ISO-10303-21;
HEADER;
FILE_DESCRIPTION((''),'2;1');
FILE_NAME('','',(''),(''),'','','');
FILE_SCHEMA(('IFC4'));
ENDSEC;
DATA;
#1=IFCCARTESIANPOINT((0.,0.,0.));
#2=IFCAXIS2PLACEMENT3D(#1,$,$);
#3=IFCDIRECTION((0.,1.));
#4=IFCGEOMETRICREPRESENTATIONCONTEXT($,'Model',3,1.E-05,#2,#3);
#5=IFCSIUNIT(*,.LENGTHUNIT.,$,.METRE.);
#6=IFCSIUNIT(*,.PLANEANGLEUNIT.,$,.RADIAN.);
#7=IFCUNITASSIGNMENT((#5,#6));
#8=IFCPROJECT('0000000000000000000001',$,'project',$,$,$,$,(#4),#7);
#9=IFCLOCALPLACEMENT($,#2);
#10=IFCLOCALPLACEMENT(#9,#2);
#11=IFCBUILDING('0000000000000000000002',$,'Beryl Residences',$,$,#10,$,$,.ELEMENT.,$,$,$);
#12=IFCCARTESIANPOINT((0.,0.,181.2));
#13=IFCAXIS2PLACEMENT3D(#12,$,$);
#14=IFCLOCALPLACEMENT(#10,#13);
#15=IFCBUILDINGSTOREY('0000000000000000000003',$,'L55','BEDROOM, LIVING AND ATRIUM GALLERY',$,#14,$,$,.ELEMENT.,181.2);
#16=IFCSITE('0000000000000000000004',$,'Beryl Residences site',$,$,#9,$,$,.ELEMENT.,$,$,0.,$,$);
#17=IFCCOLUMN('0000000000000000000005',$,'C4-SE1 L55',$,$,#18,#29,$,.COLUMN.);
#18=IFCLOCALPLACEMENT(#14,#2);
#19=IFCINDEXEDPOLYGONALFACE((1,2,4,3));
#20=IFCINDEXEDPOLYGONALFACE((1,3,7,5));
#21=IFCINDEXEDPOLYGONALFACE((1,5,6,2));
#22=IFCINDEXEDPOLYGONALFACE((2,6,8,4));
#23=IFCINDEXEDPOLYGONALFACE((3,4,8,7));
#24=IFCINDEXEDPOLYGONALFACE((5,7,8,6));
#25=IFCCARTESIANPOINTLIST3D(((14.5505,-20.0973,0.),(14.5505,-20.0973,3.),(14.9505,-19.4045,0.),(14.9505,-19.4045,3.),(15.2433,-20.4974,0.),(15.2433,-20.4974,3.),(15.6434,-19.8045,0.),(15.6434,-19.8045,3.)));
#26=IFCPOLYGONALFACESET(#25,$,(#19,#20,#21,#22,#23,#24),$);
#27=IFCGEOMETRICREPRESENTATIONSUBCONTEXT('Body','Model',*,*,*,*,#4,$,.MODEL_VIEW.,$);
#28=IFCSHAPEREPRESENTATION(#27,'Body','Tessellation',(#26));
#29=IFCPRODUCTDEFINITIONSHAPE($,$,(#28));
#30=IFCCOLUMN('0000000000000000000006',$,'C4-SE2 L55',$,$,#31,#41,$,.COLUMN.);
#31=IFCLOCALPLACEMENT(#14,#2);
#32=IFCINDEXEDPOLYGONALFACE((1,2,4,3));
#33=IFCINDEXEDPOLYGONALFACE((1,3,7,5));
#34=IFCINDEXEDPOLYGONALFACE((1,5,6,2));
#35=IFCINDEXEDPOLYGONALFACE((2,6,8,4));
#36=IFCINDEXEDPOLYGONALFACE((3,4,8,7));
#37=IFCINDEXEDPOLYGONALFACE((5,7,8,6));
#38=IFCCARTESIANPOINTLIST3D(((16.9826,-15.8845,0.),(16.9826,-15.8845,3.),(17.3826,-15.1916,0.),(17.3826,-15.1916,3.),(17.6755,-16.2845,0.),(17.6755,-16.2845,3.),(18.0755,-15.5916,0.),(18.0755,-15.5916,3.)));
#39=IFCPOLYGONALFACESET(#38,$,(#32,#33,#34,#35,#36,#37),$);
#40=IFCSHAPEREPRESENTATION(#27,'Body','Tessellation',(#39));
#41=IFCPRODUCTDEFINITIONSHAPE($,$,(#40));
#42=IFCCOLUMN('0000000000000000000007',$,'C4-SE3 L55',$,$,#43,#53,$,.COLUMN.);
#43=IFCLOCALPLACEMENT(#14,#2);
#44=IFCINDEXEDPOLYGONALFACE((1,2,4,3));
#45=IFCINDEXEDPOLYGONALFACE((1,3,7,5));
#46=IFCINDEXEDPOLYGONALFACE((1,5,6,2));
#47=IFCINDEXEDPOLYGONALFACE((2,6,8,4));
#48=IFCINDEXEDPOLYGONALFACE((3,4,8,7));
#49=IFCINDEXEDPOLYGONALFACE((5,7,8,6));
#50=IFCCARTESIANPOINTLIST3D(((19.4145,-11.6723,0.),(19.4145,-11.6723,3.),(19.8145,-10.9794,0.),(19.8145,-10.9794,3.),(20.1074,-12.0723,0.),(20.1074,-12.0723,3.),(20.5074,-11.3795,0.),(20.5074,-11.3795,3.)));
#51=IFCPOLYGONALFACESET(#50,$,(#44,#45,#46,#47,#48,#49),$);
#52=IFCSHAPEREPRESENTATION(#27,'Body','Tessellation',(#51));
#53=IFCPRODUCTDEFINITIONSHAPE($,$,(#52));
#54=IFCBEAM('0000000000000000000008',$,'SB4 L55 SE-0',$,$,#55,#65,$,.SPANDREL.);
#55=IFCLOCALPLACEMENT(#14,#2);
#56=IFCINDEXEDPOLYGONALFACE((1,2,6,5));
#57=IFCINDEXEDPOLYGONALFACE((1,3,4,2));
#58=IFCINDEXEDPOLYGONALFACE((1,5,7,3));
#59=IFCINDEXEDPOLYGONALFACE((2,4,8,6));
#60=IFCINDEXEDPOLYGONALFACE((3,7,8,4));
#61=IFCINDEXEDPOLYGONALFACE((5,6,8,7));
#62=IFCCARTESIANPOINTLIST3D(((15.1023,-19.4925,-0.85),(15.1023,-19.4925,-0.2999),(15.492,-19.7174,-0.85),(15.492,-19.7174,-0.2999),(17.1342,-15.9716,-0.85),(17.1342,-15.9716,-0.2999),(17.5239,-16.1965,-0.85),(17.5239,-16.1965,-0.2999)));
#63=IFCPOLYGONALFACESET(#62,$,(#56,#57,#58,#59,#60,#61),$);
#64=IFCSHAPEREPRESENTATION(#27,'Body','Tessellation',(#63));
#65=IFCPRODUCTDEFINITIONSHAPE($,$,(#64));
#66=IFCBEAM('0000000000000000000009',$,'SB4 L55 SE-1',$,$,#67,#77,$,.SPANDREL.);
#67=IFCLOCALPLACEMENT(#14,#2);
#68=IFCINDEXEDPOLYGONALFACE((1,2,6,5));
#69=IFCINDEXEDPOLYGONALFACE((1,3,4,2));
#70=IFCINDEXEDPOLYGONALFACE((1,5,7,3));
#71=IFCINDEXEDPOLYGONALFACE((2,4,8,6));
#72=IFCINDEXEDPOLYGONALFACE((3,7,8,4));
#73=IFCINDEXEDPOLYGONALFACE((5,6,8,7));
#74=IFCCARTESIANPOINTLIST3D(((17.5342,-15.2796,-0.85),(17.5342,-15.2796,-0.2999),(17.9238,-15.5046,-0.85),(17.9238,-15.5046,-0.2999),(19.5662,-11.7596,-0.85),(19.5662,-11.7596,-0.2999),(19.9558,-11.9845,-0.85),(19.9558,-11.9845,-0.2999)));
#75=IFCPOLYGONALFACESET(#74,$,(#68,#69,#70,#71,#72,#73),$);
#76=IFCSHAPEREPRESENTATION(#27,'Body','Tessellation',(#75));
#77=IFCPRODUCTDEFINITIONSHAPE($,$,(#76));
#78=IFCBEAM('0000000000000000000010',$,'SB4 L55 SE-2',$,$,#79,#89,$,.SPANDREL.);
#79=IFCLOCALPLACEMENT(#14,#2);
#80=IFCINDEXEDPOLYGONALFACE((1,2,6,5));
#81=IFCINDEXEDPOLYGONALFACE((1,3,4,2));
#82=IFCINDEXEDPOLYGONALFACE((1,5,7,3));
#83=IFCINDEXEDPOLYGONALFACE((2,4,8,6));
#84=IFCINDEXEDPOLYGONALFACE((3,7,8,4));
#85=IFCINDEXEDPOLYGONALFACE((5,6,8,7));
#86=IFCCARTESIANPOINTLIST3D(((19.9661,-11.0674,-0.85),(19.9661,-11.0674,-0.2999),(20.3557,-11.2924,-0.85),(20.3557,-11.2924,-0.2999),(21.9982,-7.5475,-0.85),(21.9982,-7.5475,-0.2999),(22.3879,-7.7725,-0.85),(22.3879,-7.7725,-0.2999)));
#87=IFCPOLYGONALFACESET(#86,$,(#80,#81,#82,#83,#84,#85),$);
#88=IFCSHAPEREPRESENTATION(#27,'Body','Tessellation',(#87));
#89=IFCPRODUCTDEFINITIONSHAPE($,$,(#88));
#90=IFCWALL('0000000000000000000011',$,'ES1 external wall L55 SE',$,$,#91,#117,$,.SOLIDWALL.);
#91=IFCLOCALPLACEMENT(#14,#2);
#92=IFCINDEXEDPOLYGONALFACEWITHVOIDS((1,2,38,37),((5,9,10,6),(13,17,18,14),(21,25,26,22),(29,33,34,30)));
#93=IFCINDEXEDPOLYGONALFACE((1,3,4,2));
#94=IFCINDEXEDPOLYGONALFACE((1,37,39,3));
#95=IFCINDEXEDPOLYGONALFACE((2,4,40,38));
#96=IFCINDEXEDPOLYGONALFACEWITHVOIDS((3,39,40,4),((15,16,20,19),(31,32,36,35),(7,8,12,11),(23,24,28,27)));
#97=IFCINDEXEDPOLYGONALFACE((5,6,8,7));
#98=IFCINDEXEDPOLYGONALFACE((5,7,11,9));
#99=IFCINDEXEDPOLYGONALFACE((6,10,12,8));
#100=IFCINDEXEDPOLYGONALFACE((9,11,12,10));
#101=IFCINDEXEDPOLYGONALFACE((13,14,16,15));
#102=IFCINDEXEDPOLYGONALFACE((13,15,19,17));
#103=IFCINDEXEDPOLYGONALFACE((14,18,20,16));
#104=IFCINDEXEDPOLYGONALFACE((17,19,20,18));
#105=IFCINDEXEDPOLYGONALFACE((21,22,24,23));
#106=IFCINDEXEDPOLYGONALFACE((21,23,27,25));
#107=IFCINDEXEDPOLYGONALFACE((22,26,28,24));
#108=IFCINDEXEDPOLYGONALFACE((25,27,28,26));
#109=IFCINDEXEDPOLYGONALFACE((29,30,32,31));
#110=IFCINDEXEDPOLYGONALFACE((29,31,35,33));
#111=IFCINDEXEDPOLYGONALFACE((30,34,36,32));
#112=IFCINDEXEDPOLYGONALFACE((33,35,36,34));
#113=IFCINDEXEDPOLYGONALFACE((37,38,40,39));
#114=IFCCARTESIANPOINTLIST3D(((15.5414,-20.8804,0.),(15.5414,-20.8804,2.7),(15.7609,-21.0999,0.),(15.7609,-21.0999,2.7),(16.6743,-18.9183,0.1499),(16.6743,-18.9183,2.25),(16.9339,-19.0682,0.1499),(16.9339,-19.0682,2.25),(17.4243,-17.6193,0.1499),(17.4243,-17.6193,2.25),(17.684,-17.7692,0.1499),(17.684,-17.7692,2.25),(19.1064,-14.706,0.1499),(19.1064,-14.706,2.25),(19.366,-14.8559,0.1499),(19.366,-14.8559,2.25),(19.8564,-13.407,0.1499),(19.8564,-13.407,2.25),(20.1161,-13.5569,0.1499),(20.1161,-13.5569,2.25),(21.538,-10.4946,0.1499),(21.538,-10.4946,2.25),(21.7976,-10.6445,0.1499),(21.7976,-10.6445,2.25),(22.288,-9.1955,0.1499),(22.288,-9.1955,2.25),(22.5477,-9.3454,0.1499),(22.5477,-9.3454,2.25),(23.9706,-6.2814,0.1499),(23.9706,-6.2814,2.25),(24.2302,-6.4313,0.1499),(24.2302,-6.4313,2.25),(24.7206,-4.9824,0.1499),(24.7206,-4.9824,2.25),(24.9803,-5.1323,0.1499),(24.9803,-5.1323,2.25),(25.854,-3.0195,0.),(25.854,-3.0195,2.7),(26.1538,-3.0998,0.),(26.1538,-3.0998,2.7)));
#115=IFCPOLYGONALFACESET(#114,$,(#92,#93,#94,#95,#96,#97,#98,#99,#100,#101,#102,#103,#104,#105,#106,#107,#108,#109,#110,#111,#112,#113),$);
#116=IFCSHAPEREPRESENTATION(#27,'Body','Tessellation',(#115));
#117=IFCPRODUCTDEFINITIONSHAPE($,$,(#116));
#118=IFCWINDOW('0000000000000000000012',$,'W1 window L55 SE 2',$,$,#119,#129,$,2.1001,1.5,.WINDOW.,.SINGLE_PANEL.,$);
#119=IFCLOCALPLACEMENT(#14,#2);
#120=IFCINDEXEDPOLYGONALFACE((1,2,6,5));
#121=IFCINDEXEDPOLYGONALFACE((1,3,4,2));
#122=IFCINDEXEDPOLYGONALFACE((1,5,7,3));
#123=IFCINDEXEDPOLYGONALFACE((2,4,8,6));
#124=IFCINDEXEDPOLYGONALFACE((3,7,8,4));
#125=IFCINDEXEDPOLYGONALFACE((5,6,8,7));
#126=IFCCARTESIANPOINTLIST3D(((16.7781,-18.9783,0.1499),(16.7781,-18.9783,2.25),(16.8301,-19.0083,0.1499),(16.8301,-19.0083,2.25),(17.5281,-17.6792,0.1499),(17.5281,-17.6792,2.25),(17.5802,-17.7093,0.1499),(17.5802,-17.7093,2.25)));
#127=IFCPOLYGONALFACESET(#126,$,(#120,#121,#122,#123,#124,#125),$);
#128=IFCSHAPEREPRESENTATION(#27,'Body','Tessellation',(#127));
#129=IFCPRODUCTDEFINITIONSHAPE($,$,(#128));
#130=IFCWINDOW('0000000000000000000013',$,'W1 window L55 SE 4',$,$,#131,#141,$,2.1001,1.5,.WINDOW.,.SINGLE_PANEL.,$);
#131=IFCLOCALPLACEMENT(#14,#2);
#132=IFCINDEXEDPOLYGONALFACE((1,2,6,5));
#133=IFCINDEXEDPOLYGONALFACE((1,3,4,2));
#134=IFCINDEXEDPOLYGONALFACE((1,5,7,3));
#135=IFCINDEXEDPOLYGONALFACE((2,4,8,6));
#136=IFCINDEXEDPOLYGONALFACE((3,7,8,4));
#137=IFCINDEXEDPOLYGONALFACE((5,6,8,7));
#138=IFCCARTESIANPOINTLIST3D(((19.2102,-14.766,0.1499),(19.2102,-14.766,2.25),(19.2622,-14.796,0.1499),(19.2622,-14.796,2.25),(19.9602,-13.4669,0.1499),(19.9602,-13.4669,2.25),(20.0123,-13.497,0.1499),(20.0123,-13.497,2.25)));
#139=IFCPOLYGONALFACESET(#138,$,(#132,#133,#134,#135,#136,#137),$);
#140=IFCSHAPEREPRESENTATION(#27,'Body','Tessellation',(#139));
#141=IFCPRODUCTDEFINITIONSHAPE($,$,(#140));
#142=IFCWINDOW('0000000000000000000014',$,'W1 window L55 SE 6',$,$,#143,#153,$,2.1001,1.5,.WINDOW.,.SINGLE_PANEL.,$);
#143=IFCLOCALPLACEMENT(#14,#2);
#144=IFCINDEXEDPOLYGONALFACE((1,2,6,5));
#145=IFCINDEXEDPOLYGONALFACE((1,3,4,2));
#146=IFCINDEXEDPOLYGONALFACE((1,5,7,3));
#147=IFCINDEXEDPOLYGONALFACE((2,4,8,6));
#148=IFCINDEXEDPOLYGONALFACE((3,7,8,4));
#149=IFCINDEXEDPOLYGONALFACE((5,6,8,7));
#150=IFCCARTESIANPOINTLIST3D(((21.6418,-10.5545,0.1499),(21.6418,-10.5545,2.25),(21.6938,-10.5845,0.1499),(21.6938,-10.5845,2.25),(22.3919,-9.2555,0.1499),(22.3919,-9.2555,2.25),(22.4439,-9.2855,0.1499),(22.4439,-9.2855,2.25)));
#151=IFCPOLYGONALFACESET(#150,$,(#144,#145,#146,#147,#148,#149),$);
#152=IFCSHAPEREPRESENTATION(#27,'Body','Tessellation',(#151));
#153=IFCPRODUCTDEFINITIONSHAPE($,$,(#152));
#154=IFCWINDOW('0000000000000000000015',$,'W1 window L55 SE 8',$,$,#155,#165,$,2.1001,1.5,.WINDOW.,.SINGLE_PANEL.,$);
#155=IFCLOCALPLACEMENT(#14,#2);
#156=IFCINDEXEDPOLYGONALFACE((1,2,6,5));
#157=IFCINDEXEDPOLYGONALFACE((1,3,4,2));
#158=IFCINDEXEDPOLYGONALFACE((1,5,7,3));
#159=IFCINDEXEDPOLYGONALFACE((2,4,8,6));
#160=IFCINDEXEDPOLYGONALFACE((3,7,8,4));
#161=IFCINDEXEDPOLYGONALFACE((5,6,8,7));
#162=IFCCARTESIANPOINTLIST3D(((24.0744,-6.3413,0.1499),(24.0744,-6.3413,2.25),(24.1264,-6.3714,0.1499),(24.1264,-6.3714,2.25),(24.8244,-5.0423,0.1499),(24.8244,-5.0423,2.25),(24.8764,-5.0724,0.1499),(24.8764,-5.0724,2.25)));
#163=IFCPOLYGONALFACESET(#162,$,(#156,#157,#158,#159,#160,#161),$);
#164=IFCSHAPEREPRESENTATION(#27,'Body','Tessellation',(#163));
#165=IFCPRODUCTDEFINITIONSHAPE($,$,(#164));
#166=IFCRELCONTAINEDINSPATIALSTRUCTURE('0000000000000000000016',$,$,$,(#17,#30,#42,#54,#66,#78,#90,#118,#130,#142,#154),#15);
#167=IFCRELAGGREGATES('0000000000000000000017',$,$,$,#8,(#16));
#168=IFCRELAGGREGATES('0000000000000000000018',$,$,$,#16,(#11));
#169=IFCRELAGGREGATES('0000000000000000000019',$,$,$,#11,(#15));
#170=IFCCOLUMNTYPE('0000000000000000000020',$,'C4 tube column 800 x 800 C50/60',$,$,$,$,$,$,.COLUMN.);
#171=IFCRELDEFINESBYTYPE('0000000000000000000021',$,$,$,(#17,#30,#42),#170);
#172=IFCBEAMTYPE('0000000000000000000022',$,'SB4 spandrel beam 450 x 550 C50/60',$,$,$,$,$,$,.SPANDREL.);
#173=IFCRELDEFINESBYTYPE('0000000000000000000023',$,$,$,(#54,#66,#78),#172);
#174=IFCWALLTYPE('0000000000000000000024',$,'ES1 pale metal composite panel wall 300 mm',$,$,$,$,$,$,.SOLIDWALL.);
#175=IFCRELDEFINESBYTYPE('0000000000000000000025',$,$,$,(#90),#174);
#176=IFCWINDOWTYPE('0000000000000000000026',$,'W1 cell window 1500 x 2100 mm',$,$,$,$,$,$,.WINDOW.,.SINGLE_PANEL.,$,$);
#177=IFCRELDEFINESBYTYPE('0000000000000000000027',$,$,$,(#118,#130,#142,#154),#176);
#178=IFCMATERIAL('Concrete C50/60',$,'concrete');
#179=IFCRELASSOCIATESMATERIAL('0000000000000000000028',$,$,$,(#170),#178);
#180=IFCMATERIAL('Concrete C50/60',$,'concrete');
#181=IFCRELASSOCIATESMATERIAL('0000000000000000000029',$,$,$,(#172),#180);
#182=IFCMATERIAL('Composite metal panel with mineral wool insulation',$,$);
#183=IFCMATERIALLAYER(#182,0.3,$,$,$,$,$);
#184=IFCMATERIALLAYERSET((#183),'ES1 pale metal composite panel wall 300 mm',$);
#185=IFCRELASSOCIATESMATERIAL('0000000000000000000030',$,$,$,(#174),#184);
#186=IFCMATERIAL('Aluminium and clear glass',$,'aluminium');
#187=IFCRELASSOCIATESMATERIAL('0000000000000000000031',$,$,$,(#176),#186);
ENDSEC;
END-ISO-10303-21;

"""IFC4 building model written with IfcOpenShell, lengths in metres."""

from ifc_helpers import new_model, si_unit, direction, frame, frame_2d, origin, origin_2d, place, context, subcontext, project, spatial, polyline, rectangle, outline, extrude, material, layer, layer_set, material_profile, profile_set, type_object, element, fill, save


model = new_model("IFC4")

# Units and contexts
model_context = context("Model", 3, precision=1e-05, world=origin(), true_north=direction((0.0, 1.0)))
body_context = subcontext(model_context, "Body", "Model", "MODEL_VIEW")
ifc_project = project(units=[si_unit("LENGTHUNIT", "METRE"), si_unit("PLANEANGLEUNIT", "RADIAN")], contexts=[model_context])

# Site, building, storey
site_placement = place(None, origin())
site = spatial("IfcSite", under=ifc_project, at=site_placement, Name="Beryl Residences site", CompositionType="ELEMENT", RefElevation=0.0)
building_placement = place(site_placement, origin())
building = spatial("IfcBuilding", under=site, at=building_placement, Name="Beryl Residences", CompositionType="ELEMENT")
storey_placement = place(building_placement, frame((0.0, 0.0, 181.2)))
storey = spatial("IfcBuildingStorey", under=building, at=storey_placement, Name="L55", Description="BEDROOM, LIVING AND ATRIUM GALLERY", CompositionType="ELEMENT", Elevation=181.2)

# Columns
ifc_material_1 = material(Name="Concrete C50/60", Category="concrete")
ifc_material_profile_1 = material_profile(ifc_material_1, rectangle(XDim=0.8, YDim=0.8, at=origin_2d()))
ifc_profile_set_1 = profile_set([ifc_material_profile_1], Name="Concrete C50/60")
column_type = type_object("IfcColumnType", Name="C4 tube column 800 x 800 C50/60", PredefinedType="COLUMN", material=ifc_profile_set_1)
for number, where, z_axis, x_axis, name in (
    (1, (15.0969, -19.9509, 0.0), (0.0, 0.0, 1.0), (0.5, 0.866025, 0.0), "C4-SE1 L55"),
    (2, (17.5291, -15.738, 0.0), (0.0, 0.0, 1.0), (0.5, 0.866025, 0.0), "C4-SE2 L55"),
    (3, (19.9609, -11.5259, 0.0), (0.0, 0.0, 1.0), (0.5, 0.866025, 0.0), "C4-SE3 L55"),
):
    element("IfcColumn", number, at=place(storey_placement, frame(where, z_axis=z_axis, x_axis=x_axis)), inside=storey, type_object=column_type, Name=name, PredefinedType="COLUMN", context=body_context, shape_type="SweptSolid", body=[
        extrude(rectangle(XDim=0.8, YDim=0.8, at=origin_2d()), origin(), (0.0, 0.0, 1.0), 3.0),
    ])

# Beams
ifc_material_2 = material(Name="Concrete C50/60", Category="concrete")
ifc_material_profile_2 = material_profile(ifc_material_2, rectangle(XDim=0.45, YDim=0.55, at=origin_2d()))
ifc_profile_set_2 = profile_set([ifc_material_profile_2], Name="Concrete C50/60")
beam_type = type_object("IfcBeamType", Name="SB4 spandrel beam 450 x 550 C50/60", PredefinedType="SPANDREL", material=ifc_profile_set_2)
beam_placement = place(storey_placement, frame((15.2971, -19.605, -0.575), z_axis=(0.49984, 0.866118, 0.0), x_axis=(-0.866118, 0.49984, 0.0)))
element("IfcBeam", 4, at=beam_placement, inside=storey, type_object=beam_type, Name="SB4 L55 SE-0", PredefinedType="SPANDREL", context=body_context, shape_type="SweptSolid", body=[
    extrude(rectangle(XDim=0.45, YDim=0.55, at=origin_2d()), origin(), (0.0, 0.0, 1.0), 4.0652),
])
for number, where, z_axis, x_axis, name in (
    (5, (17.729, -15.3921, -0.575), (0.499944, 0.866058, 0.0), (-0.866058, 0.499944, 0.0), "SB4 L55 SE-1"),
    (6, (20.1609, -11.1799, -0.575), (0.499989, 0.866032, 0.0), (-0.866032, 0.499989, 0.0), "SB4 L55 SE-2"),
):
    element("IfcBeam", number, at=place(storey_placement, frame(where, z_axis=z_axis, x_axis=x_axis)), inside=storey, type_object=beam_type, Name=name, PredefinedType="SPANDREL", context=body_context, shape_type="SweptSolid", body=[
        extrude(rectangle(XDim=0.45, YDim=0.55, at=origin_2d()), origin(), (0.0, 0.0, 1.0), 4.0645),
    ])

# Wall, openings, windows
ifc_material_3 = material(Name="Composite metal panel with mineral wool insulation")
ifc_layer_1 = layer(ifc_material_3, 0.3)
ifc_layer_set_1 = layer_set([ifc_layer_1], Name="ES1 pale metal composite panel wall 300 mm")
wall_type_1 = type_object("IfcWallType", Name="ES1 pale metal composite panel wall 300 mm", PredefinedType="SOLIDWALL", material=ifc_layer_set_1)
wall_1_placement = place(storey_placement, frame((15.6311, -21.0249, 0.0), z_axis=(0.0, 0.0, 1.0), x_axis=(0.500019, 0.866015, 0.0)))
wall_1 = element("IfcWall", 7, at=wall_1_placement, inside=storey, type_object=wall_type_1, Name="ES1 external wall L55 SE", PredefinedType="SOLIDWALL", context=body_context, shape_type="SweptSolid", body=[
    extrude(outline(polyline([(0.0, -0.1499), (20.7849, -0.1499), (20.7046, 0.1499), (0.0803, 0.1499), (0.0, -0.1499)])), origin(), (0.0, 0.0, 1.0), 2.7),
])
opening_1_placement = place(wall_1_placement, frame((2.3459, 0.0, 0.1499)))
opening_1 = element("IfcOpeningElement", 8, at=opening_1_placement, cuts=wall_1, PredefinedType="OPENING", context=body_context, shape_type="SweptSolid", body=[
    extrude(rectangle(XDim=1.5, YDim=2.1001, at=frame_2d((0.75, 1.05))), frame((0.0, 0.1599, 0.0), z_axis=(0.0, -1.0, 0.0), x_axis=(1.0, 0.0, 0.0)), (0.0, 0.0, 1.0), 0.3201),
])
opening_2_placement = place(wall_1_placement, frame((7.21, 0.0, 0.1499)))
opening_2 = element("IfcOpeningElement", 9, at=opening_2_placement, cuts=wall_1, PredefinedType="OPENING", context=body_context, shape_type="SweptSolid", body=[
    extrude(rectangle(XDim=1.5, YDim=2.1001, at=frame_2d((0.75, 1.05))), frame((0.0, 0.1599, 0.0), z_axis=(0.0, -1.0, 0.0), x_axis=(1.0, 0.0, 0.0)), (0.0, 0.0, 1.0), 0.3201),
])
opening_3_placement = place(wall_1_placement, frame((12.073, 0.0, 0.1499)))
opening_3 = element("IfcOpeningElement", 10, at=opening_3_placement, cuts=wall_1, PredefinedType="OPENING", context=body_context, shape_type="SweptSolid", body=[
    extrude(rectangle(XDim=1.5, YDim=2.1001, at=frame_2d((0.75, 1.05))), frame((0.0, 0.1599, 0.0), z_axis=(0.0, -1.0, 0.0), x_axis=(1.0, 0.0, 0.0)), (0.0, 0.0, 1.0), 0.3201),
])
opening_4_placement = place(wall_1_placement, frame((16.938, 0.0, 0.1499)))
opening_4 = element("IfcOpeningElement", 11, at=opening_4_placement, cuts=wall_1, PredefinedType="OPENING", context=body_context, shape_type="SweptSolid", body=[
    extrude(rectangle(XDim=1.5, YDim=2.1001, at=frame_2d((0.75, 1.05))), frame((0.0, 0.1599, 0.0), z_axis=(0.0, -1.0, 0.0), x_axis=(1.0, 0.0, 0.0)), (0.0, 0.0, 1.0), 0.3201),
])
ifc_material_4 = material(Name="Aluminium and clear glass", Category="aluminium")
window_type = type_object("IfcWindowType", Name="W1 cell window 1500 x 2100 mm", PartitioningType="SINGLE_PANEL", PredefinedType="WINDOW", material=ifc_material_4)
window_1_placement = place(opening_1_placement, origin())
window_1 = element("IfcWindow", 12, at=window_1_placement, inside=storey, type_object=window_type, Name="W1 window L55 SE 2", OverallHeight=2.1001, OverallWidth=1.5, PartitioningType="SINGLE_PANEL", PredefinedType="WINDOW", context=body_context, shape_type="SweptSolid", body=[
    extrude(rectangle(XDim=1.5, YDim=2.1001, at=frame_2d((0.75, 1.05))), frame((0.0, 0.03, 0.0), z_axis=(0.0, -1.0, 0.0), x_axis=(1.0, 0.0, 0.0)), (0.0, 0.0, 1.0), 0.0601),
])
fill(opening_1, window_1)
window_2_placement = place(opening_2_placement, origin())
window_2 = element("IfcWindow", 13, at=window_2_placement, inside=storey, type_object=window_type, Name="W1 window L55 SE 4", OverallHeight=2.1001, OverallWidth=1.5, PartitioningType="SINGLE_PANEL", PredefinedType="WINDOW", context=body_context, shape_type="SweptSolid", body=[
    extrude(rectangle(XDim=1.5, YDim=2.1001, at=frame_2d((0.75, 1.05))), frame((0.0, 0.03, 0.0), z_axis=(0.0, -1.0, 0.0), x_axis=(1.0, 0.0, 0.0)), (0.0, 0.0, 1.0), 0.0601),
])
fill(opening_2, window_2)
window_3_placement = place(opening_3_placement, origin())
window_3 = element("IfcWindow", 14, at=window_3_placement, inside=storey, type_object=window_type, Name="W1 window L55 SE 6", OverallHeight=2.1001, OverallWidth=1.5, PartitioningType="SINGLE_PANEL", PredefinedType="WINDOW", context=body_context, shape_type="SweptSolid", body=[
    extrude(rectangle(XDim=1.5, YDim=2.1001, at=frame_2d((0.75, 1.05))), frame((0.0, 0.03, 0.0), z_axis=(0.0, -1.0, 0.0), x_axis=(1.0, 0.0, 0.0)), (0.0, 0.0, 1.0), 0.0601),
])
fill(opening_3, window_3)
window_4_placement = place(opening_4_placement, origin())
window_4 = element("IfcWindow", 15, at=window_4_placement, inside=storey, type_object=window_type, Name="W1 window L55 SE 8", OverallHeight=2.1001, OverallWidth=1.5, PartitioningType="SINGLE_PANEL", PredefinedType="WINDOW", context=body_context, shape_type="SweptSolid", body=[
    extrude(rectangle(XDim=1.5, YDim=2.1001, at=frame_2d((0.75, 1.05))), frame((0.0, 0.03, 0.0), z_axis=(0.0, -1.0, 0.0), x_axis=(1.0, 0.0, 0.0)), (0.0, 0.0, 1.0), 0.0601),
])
fill(opening_4, window_4)

save(model, "model.ifc")
